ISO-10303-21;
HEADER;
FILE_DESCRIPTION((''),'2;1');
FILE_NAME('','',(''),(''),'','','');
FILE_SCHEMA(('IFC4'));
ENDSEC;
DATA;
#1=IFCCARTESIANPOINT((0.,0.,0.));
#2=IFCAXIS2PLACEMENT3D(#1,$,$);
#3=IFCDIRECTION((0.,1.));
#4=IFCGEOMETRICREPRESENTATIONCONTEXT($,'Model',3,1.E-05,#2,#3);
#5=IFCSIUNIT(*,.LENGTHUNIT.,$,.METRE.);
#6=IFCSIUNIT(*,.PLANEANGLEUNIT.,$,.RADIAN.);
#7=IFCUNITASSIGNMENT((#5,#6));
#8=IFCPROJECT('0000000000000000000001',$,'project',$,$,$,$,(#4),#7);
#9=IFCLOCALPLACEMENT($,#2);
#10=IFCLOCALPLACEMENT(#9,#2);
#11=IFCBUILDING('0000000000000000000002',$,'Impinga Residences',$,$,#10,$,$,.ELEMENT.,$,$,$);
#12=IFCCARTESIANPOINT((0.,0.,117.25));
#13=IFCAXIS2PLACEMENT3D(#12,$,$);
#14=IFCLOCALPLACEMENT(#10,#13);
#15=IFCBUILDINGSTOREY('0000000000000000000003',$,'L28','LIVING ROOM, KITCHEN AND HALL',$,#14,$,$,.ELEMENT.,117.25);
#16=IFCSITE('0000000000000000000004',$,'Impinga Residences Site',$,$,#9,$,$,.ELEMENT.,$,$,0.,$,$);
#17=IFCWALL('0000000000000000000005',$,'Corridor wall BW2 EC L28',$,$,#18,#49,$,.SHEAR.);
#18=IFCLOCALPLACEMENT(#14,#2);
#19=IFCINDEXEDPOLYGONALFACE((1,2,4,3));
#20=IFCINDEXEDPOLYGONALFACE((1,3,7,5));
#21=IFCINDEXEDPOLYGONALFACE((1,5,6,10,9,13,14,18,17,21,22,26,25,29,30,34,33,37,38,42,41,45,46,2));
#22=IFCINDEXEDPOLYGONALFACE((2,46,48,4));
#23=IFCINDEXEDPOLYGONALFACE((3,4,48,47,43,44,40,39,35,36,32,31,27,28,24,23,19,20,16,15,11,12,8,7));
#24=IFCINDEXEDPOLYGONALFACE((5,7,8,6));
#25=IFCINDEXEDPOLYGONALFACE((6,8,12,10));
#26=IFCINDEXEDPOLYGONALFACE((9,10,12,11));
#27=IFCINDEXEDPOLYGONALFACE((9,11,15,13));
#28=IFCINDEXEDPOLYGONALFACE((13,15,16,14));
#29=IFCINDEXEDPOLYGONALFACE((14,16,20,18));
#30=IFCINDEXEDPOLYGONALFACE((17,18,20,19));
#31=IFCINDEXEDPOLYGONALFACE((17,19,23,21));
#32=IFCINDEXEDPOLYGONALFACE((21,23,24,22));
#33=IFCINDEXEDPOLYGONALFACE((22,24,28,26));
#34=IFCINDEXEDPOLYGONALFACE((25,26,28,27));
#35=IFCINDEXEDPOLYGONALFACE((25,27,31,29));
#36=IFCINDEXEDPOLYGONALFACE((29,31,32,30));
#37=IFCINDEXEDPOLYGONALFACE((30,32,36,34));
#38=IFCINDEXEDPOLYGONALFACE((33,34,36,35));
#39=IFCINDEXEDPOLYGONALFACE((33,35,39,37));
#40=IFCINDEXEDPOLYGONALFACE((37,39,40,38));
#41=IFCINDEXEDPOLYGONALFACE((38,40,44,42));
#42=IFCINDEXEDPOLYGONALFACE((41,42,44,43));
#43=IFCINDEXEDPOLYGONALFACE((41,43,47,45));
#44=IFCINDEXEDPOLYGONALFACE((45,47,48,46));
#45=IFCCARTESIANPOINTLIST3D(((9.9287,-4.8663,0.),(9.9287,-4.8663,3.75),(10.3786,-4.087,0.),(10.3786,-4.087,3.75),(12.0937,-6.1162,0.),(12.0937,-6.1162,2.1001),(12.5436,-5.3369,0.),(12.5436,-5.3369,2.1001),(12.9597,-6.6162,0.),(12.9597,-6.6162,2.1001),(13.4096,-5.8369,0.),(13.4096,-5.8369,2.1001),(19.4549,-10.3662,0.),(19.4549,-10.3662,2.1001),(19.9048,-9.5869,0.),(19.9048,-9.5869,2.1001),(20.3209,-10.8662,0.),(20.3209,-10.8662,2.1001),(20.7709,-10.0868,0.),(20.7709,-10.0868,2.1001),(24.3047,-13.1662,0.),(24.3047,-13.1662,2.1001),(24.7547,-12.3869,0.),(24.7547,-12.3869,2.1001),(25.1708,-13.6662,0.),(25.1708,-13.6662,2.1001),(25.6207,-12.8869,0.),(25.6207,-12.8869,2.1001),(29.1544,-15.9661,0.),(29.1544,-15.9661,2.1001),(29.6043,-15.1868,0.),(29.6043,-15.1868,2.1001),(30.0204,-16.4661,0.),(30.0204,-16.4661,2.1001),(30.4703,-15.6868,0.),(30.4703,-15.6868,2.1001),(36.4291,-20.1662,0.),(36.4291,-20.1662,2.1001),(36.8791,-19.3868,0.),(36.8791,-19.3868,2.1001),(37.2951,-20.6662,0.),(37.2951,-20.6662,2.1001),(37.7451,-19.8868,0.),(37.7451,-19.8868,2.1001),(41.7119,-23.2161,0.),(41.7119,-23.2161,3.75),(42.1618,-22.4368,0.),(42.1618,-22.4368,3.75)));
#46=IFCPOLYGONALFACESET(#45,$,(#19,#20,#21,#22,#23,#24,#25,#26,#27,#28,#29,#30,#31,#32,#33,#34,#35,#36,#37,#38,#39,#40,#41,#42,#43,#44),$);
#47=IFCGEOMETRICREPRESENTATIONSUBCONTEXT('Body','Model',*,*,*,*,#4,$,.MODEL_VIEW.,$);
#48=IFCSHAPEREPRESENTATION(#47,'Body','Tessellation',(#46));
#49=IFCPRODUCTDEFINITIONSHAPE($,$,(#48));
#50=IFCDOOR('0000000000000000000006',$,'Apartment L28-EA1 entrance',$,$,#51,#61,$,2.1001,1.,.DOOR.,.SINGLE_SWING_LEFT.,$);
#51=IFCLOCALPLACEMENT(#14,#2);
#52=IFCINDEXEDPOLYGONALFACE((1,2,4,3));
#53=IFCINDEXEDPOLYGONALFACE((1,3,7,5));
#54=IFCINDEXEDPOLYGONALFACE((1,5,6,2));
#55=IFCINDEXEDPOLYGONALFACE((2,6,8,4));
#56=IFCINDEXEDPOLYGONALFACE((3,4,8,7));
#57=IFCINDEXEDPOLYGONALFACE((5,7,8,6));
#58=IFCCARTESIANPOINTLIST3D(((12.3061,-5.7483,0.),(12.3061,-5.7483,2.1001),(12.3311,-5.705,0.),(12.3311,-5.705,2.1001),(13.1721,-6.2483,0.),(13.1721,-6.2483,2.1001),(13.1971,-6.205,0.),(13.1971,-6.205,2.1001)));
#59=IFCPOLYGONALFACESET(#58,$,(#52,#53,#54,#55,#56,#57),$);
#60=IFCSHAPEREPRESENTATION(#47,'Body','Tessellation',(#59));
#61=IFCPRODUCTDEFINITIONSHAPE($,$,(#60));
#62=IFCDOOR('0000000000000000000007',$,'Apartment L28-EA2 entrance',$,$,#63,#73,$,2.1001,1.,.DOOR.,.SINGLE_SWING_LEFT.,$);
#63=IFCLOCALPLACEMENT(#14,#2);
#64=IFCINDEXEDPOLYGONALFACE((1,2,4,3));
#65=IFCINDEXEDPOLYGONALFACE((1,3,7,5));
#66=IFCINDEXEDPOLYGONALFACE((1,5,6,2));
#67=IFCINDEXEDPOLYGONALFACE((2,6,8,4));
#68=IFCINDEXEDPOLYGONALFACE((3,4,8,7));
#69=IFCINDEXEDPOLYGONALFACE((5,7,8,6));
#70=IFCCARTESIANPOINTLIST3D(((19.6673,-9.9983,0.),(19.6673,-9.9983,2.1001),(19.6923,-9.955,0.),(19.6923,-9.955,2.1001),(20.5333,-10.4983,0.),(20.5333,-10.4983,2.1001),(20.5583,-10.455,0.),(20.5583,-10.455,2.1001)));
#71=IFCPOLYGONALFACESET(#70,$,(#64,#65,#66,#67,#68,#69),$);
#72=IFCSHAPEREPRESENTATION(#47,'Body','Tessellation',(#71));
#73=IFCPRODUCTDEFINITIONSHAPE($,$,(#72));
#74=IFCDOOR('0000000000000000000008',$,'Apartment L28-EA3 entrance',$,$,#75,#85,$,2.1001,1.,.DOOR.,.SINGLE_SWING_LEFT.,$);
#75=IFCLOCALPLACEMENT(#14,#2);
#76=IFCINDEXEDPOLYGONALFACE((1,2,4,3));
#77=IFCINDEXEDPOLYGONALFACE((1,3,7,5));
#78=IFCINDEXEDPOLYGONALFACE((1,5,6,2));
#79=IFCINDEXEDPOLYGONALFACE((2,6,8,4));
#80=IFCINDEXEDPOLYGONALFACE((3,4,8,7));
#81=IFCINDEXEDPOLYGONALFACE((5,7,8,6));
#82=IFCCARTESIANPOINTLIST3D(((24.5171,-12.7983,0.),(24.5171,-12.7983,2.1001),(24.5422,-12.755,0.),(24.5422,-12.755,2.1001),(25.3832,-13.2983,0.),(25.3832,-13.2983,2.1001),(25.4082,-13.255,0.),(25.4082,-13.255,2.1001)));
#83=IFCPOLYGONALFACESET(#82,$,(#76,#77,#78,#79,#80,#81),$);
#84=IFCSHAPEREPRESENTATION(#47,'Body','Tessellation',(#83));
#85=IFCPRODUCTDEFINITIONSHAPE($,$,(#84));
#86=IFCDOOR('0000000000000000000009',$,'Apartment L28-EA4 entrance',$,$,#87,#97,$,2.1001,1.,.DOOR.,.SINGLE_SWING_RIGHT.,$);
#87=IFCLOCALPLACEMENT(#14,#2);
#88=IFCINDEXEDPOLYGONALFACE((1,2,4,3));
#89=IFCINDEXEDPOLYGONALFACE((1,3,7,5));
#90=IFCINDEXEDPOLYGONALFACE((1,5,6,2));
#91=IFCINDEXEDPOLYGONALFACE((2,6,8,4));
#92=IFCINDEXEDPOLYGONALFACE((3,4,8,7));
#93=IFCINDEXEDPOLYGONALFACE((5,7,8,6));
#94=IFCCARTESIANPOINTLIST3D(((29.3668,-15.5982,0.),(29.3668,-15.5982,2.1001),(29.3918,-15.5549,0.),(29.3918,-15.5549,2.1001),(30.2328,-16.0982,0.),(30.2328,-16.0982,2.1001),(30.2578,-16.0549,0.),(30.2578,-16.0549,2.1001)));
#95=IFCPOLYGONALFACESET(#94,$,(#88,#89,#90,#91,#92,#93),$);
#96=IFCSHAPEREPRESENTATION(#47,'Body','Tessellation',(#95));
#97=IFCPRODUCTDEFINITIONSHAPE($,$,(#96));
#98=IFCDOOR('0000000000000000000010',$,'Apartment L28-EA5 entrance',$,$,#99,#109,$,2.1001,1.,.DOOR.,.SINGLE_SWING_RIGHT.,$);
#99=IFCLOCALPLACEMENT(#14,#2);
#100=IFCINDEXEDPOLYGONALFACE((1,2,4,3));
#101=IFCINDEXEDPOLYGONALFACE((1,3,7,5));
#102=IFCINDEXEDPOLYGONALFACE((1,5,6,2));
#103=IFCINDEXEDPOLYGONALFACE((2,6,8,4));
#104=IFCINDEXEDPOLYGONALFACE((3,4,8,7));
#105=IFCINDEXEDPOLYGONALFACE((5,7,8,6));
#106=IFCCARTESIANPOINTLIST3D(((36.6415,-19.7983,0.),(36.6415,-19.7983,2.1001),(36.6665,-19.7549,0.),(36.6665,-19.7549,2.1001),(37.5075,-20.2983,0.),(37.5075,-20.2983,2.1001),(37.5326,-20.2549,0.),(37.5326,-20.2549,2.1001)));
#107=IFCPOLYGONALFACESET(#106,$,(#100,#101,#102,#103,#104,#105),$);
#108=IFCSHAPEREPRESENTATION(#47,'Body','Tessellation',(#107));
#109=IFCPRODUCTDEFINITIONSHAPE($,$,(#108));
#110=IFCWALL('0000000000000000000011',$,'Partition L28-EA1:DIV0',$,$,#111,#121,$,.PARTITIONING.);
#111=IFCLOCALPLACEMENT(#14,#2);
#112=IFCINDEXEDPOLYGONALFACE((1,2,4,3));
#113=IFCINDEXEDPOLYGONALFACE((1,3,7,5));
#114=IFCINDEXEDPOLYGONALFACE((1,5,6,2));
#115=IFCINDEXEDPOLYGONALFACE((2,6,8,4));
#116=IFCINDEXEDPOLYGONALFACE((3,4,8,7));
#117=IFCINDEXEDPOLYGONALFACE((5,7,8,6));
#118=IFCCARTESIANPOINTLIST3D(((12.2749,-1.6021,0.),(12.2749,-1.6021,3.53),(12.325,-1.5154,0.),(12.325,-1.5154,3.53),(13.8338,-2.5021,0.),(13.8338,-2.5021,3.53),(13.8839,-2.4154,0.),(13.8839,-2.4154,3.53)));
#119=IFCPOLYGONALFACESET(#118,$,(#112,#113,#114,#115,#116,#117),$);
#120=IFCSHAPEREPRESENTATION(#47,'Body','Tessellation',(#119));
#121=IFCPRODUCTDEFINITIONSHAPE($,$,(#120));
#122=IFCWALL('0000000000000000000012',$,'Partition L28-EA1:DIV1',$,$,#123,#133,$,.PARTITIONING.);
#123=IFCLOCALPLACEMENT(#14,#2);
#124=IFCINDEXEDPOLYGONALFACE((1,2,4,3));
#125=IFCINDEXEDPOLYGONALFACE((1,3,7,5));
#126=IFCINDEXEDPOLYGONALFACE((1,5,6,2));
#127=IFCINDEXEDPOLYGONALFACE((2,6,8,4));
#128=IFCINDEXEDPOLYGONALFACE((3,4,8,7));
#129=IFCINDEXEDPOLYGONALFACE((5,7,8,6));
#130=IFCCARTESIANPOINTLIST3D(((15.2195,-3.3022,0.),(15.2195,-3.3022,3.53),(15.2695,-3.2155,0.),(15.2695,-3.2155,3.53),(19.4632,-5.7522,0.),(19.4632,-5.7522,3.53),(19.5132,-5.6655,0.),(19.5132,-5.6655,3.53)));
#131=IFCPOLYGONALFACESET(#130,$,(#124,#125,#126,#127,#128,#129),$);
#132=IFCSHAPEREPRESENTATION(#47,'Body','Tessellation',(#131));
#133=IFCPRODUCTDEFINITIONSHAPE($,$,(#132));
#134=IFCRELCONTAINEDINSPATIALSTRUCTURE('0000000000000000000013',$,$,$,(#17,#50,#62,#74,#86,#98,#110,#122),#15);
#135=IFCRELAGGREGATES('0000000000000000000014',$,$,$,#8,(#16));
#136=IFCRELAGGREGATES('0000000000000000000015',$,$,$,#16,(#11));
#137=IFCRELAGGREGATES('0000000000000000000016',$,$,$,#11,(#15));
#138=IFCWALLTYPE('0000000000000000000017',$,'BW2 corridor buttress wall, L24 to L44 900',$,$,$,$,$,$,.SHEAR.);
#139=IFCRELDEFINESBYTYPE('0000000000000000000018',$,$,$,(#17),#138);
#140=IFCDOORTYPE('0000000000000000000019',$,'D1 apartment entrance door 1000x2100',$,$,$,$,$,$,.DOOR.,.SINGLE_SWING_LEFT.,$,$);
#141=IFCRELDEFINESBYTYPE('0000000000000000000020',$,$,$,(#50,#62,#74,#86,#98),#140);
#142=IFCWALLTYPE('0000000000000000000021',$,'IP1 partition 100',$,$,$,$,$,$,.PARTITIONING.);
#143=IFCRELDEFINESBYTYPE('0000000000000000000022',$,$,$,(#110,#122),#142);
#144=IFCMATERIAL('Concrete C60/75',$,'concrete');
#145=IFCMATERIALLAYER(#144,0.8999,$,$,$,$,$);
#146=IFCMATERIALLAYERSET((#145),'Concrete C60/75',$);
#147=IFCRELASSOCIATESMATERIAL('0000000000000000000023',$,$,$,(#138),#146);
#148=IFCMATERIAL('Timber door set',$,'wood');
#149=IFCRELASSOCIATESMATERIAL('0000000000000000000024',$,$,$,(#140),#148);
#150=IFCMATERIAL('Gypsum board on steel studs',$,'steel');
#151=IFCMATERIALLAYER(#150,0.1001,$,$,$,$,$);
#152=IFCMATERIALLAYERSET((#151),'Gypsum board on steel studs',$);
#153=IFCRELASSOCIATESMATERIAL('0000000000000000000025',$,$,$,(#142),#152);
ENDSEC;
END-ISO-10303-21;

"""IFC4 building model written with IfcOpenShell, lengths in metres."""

from ifc_helpers import new_model, si_unit, direction, frame, frame_2d, origin, place, context, subcontext, project, spatial, rectangle, extrude, material, layer, layer_set, type_object, element, fill, save


model = new_model("IFC4")

# Units and contexts
model_context = context("Model", 3, precision=1e-05, world=origin(), true_north=direction((0.0, 1.0)))
body_context = subcontext(model_context, "Body", "Model", "MODEL_VIEW")
ifc_project = project(units=[si_unit("LENGTHUNIT", "METRE"), si_unit("PLANEANGLEUNIT", "RADIAN")], contexts=[model_context])

# Site, building, storey
site_placement = place(None, origin())
site = spatial("IfcSite", under=ifc_project, at=site_placement, Name="Impinga Residences Site", CompositionType="ELEMENT", RefElevation=0.0)
building_placement = place(site_placement, origin())
building = spatial("IfcBuilding", under=site, at=building_placement, Name="Impinga Residences", CompositionType="ELEMENT")
storey_placement = place(building_placement, frame((0.0, 0.0, 117.25)))
storey = spatial("IfcBuildingStorey", under=building, at=storey_placement, Name="L28", Description="LIVING ROOM, KITCHEN AND HALL", CompositionType="ELEMENT", Elevation=117.25)

# Wall, openings, doors
ifc_material_1 = material(Name="Concrete C60/75", Category="concrete")
ifc_layer_1 = layer(ifc_material_1, 0.8999)
ifc_layer_set_1 = layer_set([ifc_layer_1], Name="Concrete C60/75")
wall_type_1 = type_object("IfcWallType", Name="BW2 corridor buttress wall, L24 to L44 900", PredefinedType="SHEAR", material=ifc_layer_set_1)
wall_1_placement = place(storey_placement, frame((10.1536, -4.4766, 0.0), z_axis=(0.0, 0.0, 1.0), x_axis=(0.866028, -0.499996, 0.0)))
wall_1 = element("IfcWall", 1, at=wall_1_placement, inside=storey, type_object=wall_type_1, Name="Corridor wall BW2 EC L28", PredefinedType="SHEAR", context=body_context, shape_type="SweptSolid", body=[
    extrude(rectangle(XDim=36.7, YDim=0.8999, at=frame_2d((18.3501, 0.0))), origin(), (0.0, 0.0, 1.0), 3.75),
])
opening_1_placement = place(wall_1_placement, frame((2.5, 0.0, 0.0)))
opening_1 = element("IfcOpeningElement", 2, at=opening_1_placement, cuts=wall_1, PredefinedType="OPENING", context=body_context, shape_type="SweptSolid", body=[
    extrude(rectangle(XDim=1.0, YDim=2.1001, at=frame_2d((0.5, 1.05))), frame((0.0, 0.46, 0.0), z_axis=(0.0, -1.0, 0.0), x_axis=(1.0, 0.0, 0.0)), (0.0, 0.0, 1.0), 0.9199),
])
opening_2_placement = place(wall_1_placement, frame((11.0, 0.0, 0.0)))
opening_2 = element("IfcOpeningElement", 3, at=opening_2_placement, cuts=wall_1, PredefinedType="OPENING", context=body_context, shape_type="SweptSolid", body=[
    extrude(rectangle(XDim=1.0, YDim=2.1001, at=frame_2d((0.5, 1.05))), frame((0.0, 0.46, 0.0), z_axis=(0.0, -1.0, 0.0), x_axis=(1.0, 0.0, 0.0)), (0.0, 0.0, 1.0), 0.9199),
])
opening_3_placement = place(wall_1_placement, frame((16.6001, 0.0, 0.0)))
opening_3 = element("IfcOpeningElement", 4, at=opening_3_placement, cuts=wall_1, PredefinedType="OPENING", context=body_context, shape_type="SweptSolid", body=[
    extrude(rectangle(XDim=1.0, YDim=2.1001, at=frame_2d((0.5, 1.05))), frame((0.0, 0.46, 0.0), z_axis=(0.0, -1.0, 0.0), x_axis=(1.0, 0.0, 0.0)), (0.0, 0.0, 1.0), 0.9199),
])
opening_4_placement = place(wall_1_placement, frame((22.2, 0.0, 0.0)))
opening_4 = element("IfcOpeningElement", 5, at=opening_4_placement, cuts=wall_1, PredefinedType="OPENING", context=body_context, shape_type="SweptSolid", body=[
    extrude(rectangle(XDim=1.0, YDim=2.1001, at=frame_2d((0.5, 1.05))), frame((0.0, 0.46, 0.0), z_axis=(0.0, -1.0, 0.0), x_axis=(1.0, 0.0, 0.0)), (0.0, 0.0, 1.0), 0.9199),
])
opening_5_placement = place(wall_1_placement, frame((30.6001, 0.0, 0.0)))
opening_5 = element("IfcOpeningElement", 6, at=opening_5_placement, cuts=wall_1, PredefinedType="OPENING", context=body_context, shape_type="SweptSolid", body=[
    extrude(rectangle(XDim=1.0, YDim=2.1001, at=frame_2d((0.5, 1.05))), frame((0.0, 0.46, 0.0), z_axis=(0.0, -1.0, 0.0), x_axis=(1.0, 0.0, 0.0)), (0.0, 0.0, 1.0), 0.9199),
])
ifc_material_2 = material(Name="Timber door set", Category="wood")
door_type_1 = type_object("IfcDoorType", Name="D1 apartment entrance door 1000x2100", OperationType="SINGLE_SWING_LEFT", PredefinedType="DOOR", material=ifc_material_2)
door_1_placement = place(opening_1_placement, origin())
door_1 = element("IfcDoor", 7, at=door_1_placement, inside=storey, type_object=door_type_1, Name="Apartment L28-EA1 entrance", OperationType="SINGLE_SWING_LEFT", OverallHeight=2.1001, OverallWidth=1.0, PredefinedType="DOOR", context=body_context, shape_type="SweptSolid", body=[
    extrude(rectangle(XDim=1.0, YDim=2.1001, at=frame_2d((0.5, 1.05))), frame((0.0, 0.0249, 0.0), z_axis=(0.0, -1.0, 0.0), x_axis=(1.0, 0.0, 0.0)), (0.0, 0.0, 1.0), 0.05),
])
fill(opening_1, door_1)
door_2_placement = place(opening_2_placement, origin())
door_2 = element("IfcDoor", 8, at=door_2_placement, inside=storey, type_object=door_type_1, Name="Apartment L28-EA2 entrance", OperationType="SINGLE_SWING_LEFT", OverallHeight=2.1001, OverallWidth=1.0, PredefinedType="DOOR", context=body_context, shape_type="SweptSolid", body=[
    extrude(rectangle(XDim=1.0, YDim=2.1001, at=frame_2d((0.5, 1.05))), frame((0.0, 0.0249, 0.0), z_axis=(0.0, -1.0, 0.0), x_axis=(1.0, 0.0, 0.0)), (0.0, 0.0, 1.0), 0.05),
])
fill(opening_2, door_2)
door_3_placement = place(opening_3_placement, origin())
door_3 = element("IfcDoor", 9, at=door_3_placement, inside=storey, type_object=door_type_1, Name="Apartment L28-EA3 entrance", OperationType="SINGLE_SWING_LEFT", OverallHeight=2.1001, OverallWidth=1.0, PredefinedType="DOOR", context=body_context, shape_type="SweptSolid", body=[
    extrude(rectangle(XDim=1.0, YDim=2.1001, at=frame_2d((0.5, 1.05))), frame((0.0, 0.0249, 0.0), z_axis=(0.0, -1.0, 0.0), x_axis=(1.0, 0.0, 0.0)), (0.0, 0.0, 1.0), 0.05),
])
fill(opening_3, door_3)
door_4_placement = place(opening_4_placement, origin())
door_4 = element("IfcDoor", 10, at=door_4_placement, inside=storey, type_object=door_type_1, Name="Apartment L28-EA4 entrance", OperationType="SINGLE_SWING_RIGHT", OverallHeight=2.1001, OverallWidth=1.0, PredefinedType="DOOR", context=body_context, shape_type="SweptSolid", body=[
    extrude(rectangle(XDim=1.0, YDim=2.1001, at=frame_2d((0.5, 1.05))), frame((0.0, 0.0249, 0.0), z_axis=(0.0, -1.0, 0.0), x_axis=(1.0, 0.0, 0.0)), (0.0, 0.0, 1.0), 0.05),
])
fill(opening_4, door_4)
door_5_placement = place(opening_5_placement, origin())
door_5 = element("IfcDoor", 11, at=door_5_placement, inside=storey, type_object=door_type_1, Name="Apartment L28-EA5 entrance", OperationType="SINGLE_SWING_RIGHT", OverallHeight=2.1001, OverallWidth=1.0, PredefinedType="DOOR", context=body_context, shape_type="SweptSolid", body=[
    extrude(rectangle(XDim=1.0, YDim=2.1001, at=frame_2d((0.5, 1.05))), frame((0.0, 0.0249, 0.0), z_axis=(0.0, -1.0, 0.0), x_axis=(1.0, 0.0, 0.0)), (0.0, 0.0, 1.0), 0.05),
])
fill(opening_5, door_5)

# Walls
ifc_material_3 = material(Name="Gypsum board on steel studs", Category="steel")
ifc_layer_2 = layer(ifc_material_3, 0.1001)
ifc_layer_set_2 = layer_set([ifc_layer_2], Name="Gypsum board on steel studs")
wall_type_2 = type_object("IfcWallType", Name="IP1 partition 100", PredefinedType="PARTITIONING", material=ifc_layer_set_2)
wall_2_placement = place(storey_placement, frame((12.3, -1.5588, 0.0), z_axis=(0.0, 0.0, 1.0), x_axis=(0.866048, -0.499961, 0.0)))
element("IfcWall", 12, at=wall_2_placement, inside=storey, type_object=wall_type_2, Name="Partition L28-EA1:DIV0", PredefinedType="PARTITIONING", context=body_context, shape_type="SweptSolid", body=[
    extrude(rectangle(XDim=1.8, YDim=0.1001, at=frame_2d((0.8999, 0.0))), origin(), (0.0, 0.0, 1.0), 3.53),
])
wall_3_placement = place(storey_placement, frame((15.2444, -3.2588, 0.0), z_axis=(0.0, 0.0, 1.0), x_axis=(0.866036, -0.499981, 0.0)))
element("IfcWall", 13, at=wall_3_placement, inside=storey, type_object=wall_type_2, Name="Partition L28-EA1:DIV1", PredefinedType="PARTITIONING", context=body_context, shape_type="SweptSolid", body=[
    extrude(rectangle(XDim=4.9001, YDim=0.1001, at=frame_2d((2.4502, 0.0))), origin(), (0.0, 0.0, 1.0), 3.53),
])

save(model, "model.ifc")
